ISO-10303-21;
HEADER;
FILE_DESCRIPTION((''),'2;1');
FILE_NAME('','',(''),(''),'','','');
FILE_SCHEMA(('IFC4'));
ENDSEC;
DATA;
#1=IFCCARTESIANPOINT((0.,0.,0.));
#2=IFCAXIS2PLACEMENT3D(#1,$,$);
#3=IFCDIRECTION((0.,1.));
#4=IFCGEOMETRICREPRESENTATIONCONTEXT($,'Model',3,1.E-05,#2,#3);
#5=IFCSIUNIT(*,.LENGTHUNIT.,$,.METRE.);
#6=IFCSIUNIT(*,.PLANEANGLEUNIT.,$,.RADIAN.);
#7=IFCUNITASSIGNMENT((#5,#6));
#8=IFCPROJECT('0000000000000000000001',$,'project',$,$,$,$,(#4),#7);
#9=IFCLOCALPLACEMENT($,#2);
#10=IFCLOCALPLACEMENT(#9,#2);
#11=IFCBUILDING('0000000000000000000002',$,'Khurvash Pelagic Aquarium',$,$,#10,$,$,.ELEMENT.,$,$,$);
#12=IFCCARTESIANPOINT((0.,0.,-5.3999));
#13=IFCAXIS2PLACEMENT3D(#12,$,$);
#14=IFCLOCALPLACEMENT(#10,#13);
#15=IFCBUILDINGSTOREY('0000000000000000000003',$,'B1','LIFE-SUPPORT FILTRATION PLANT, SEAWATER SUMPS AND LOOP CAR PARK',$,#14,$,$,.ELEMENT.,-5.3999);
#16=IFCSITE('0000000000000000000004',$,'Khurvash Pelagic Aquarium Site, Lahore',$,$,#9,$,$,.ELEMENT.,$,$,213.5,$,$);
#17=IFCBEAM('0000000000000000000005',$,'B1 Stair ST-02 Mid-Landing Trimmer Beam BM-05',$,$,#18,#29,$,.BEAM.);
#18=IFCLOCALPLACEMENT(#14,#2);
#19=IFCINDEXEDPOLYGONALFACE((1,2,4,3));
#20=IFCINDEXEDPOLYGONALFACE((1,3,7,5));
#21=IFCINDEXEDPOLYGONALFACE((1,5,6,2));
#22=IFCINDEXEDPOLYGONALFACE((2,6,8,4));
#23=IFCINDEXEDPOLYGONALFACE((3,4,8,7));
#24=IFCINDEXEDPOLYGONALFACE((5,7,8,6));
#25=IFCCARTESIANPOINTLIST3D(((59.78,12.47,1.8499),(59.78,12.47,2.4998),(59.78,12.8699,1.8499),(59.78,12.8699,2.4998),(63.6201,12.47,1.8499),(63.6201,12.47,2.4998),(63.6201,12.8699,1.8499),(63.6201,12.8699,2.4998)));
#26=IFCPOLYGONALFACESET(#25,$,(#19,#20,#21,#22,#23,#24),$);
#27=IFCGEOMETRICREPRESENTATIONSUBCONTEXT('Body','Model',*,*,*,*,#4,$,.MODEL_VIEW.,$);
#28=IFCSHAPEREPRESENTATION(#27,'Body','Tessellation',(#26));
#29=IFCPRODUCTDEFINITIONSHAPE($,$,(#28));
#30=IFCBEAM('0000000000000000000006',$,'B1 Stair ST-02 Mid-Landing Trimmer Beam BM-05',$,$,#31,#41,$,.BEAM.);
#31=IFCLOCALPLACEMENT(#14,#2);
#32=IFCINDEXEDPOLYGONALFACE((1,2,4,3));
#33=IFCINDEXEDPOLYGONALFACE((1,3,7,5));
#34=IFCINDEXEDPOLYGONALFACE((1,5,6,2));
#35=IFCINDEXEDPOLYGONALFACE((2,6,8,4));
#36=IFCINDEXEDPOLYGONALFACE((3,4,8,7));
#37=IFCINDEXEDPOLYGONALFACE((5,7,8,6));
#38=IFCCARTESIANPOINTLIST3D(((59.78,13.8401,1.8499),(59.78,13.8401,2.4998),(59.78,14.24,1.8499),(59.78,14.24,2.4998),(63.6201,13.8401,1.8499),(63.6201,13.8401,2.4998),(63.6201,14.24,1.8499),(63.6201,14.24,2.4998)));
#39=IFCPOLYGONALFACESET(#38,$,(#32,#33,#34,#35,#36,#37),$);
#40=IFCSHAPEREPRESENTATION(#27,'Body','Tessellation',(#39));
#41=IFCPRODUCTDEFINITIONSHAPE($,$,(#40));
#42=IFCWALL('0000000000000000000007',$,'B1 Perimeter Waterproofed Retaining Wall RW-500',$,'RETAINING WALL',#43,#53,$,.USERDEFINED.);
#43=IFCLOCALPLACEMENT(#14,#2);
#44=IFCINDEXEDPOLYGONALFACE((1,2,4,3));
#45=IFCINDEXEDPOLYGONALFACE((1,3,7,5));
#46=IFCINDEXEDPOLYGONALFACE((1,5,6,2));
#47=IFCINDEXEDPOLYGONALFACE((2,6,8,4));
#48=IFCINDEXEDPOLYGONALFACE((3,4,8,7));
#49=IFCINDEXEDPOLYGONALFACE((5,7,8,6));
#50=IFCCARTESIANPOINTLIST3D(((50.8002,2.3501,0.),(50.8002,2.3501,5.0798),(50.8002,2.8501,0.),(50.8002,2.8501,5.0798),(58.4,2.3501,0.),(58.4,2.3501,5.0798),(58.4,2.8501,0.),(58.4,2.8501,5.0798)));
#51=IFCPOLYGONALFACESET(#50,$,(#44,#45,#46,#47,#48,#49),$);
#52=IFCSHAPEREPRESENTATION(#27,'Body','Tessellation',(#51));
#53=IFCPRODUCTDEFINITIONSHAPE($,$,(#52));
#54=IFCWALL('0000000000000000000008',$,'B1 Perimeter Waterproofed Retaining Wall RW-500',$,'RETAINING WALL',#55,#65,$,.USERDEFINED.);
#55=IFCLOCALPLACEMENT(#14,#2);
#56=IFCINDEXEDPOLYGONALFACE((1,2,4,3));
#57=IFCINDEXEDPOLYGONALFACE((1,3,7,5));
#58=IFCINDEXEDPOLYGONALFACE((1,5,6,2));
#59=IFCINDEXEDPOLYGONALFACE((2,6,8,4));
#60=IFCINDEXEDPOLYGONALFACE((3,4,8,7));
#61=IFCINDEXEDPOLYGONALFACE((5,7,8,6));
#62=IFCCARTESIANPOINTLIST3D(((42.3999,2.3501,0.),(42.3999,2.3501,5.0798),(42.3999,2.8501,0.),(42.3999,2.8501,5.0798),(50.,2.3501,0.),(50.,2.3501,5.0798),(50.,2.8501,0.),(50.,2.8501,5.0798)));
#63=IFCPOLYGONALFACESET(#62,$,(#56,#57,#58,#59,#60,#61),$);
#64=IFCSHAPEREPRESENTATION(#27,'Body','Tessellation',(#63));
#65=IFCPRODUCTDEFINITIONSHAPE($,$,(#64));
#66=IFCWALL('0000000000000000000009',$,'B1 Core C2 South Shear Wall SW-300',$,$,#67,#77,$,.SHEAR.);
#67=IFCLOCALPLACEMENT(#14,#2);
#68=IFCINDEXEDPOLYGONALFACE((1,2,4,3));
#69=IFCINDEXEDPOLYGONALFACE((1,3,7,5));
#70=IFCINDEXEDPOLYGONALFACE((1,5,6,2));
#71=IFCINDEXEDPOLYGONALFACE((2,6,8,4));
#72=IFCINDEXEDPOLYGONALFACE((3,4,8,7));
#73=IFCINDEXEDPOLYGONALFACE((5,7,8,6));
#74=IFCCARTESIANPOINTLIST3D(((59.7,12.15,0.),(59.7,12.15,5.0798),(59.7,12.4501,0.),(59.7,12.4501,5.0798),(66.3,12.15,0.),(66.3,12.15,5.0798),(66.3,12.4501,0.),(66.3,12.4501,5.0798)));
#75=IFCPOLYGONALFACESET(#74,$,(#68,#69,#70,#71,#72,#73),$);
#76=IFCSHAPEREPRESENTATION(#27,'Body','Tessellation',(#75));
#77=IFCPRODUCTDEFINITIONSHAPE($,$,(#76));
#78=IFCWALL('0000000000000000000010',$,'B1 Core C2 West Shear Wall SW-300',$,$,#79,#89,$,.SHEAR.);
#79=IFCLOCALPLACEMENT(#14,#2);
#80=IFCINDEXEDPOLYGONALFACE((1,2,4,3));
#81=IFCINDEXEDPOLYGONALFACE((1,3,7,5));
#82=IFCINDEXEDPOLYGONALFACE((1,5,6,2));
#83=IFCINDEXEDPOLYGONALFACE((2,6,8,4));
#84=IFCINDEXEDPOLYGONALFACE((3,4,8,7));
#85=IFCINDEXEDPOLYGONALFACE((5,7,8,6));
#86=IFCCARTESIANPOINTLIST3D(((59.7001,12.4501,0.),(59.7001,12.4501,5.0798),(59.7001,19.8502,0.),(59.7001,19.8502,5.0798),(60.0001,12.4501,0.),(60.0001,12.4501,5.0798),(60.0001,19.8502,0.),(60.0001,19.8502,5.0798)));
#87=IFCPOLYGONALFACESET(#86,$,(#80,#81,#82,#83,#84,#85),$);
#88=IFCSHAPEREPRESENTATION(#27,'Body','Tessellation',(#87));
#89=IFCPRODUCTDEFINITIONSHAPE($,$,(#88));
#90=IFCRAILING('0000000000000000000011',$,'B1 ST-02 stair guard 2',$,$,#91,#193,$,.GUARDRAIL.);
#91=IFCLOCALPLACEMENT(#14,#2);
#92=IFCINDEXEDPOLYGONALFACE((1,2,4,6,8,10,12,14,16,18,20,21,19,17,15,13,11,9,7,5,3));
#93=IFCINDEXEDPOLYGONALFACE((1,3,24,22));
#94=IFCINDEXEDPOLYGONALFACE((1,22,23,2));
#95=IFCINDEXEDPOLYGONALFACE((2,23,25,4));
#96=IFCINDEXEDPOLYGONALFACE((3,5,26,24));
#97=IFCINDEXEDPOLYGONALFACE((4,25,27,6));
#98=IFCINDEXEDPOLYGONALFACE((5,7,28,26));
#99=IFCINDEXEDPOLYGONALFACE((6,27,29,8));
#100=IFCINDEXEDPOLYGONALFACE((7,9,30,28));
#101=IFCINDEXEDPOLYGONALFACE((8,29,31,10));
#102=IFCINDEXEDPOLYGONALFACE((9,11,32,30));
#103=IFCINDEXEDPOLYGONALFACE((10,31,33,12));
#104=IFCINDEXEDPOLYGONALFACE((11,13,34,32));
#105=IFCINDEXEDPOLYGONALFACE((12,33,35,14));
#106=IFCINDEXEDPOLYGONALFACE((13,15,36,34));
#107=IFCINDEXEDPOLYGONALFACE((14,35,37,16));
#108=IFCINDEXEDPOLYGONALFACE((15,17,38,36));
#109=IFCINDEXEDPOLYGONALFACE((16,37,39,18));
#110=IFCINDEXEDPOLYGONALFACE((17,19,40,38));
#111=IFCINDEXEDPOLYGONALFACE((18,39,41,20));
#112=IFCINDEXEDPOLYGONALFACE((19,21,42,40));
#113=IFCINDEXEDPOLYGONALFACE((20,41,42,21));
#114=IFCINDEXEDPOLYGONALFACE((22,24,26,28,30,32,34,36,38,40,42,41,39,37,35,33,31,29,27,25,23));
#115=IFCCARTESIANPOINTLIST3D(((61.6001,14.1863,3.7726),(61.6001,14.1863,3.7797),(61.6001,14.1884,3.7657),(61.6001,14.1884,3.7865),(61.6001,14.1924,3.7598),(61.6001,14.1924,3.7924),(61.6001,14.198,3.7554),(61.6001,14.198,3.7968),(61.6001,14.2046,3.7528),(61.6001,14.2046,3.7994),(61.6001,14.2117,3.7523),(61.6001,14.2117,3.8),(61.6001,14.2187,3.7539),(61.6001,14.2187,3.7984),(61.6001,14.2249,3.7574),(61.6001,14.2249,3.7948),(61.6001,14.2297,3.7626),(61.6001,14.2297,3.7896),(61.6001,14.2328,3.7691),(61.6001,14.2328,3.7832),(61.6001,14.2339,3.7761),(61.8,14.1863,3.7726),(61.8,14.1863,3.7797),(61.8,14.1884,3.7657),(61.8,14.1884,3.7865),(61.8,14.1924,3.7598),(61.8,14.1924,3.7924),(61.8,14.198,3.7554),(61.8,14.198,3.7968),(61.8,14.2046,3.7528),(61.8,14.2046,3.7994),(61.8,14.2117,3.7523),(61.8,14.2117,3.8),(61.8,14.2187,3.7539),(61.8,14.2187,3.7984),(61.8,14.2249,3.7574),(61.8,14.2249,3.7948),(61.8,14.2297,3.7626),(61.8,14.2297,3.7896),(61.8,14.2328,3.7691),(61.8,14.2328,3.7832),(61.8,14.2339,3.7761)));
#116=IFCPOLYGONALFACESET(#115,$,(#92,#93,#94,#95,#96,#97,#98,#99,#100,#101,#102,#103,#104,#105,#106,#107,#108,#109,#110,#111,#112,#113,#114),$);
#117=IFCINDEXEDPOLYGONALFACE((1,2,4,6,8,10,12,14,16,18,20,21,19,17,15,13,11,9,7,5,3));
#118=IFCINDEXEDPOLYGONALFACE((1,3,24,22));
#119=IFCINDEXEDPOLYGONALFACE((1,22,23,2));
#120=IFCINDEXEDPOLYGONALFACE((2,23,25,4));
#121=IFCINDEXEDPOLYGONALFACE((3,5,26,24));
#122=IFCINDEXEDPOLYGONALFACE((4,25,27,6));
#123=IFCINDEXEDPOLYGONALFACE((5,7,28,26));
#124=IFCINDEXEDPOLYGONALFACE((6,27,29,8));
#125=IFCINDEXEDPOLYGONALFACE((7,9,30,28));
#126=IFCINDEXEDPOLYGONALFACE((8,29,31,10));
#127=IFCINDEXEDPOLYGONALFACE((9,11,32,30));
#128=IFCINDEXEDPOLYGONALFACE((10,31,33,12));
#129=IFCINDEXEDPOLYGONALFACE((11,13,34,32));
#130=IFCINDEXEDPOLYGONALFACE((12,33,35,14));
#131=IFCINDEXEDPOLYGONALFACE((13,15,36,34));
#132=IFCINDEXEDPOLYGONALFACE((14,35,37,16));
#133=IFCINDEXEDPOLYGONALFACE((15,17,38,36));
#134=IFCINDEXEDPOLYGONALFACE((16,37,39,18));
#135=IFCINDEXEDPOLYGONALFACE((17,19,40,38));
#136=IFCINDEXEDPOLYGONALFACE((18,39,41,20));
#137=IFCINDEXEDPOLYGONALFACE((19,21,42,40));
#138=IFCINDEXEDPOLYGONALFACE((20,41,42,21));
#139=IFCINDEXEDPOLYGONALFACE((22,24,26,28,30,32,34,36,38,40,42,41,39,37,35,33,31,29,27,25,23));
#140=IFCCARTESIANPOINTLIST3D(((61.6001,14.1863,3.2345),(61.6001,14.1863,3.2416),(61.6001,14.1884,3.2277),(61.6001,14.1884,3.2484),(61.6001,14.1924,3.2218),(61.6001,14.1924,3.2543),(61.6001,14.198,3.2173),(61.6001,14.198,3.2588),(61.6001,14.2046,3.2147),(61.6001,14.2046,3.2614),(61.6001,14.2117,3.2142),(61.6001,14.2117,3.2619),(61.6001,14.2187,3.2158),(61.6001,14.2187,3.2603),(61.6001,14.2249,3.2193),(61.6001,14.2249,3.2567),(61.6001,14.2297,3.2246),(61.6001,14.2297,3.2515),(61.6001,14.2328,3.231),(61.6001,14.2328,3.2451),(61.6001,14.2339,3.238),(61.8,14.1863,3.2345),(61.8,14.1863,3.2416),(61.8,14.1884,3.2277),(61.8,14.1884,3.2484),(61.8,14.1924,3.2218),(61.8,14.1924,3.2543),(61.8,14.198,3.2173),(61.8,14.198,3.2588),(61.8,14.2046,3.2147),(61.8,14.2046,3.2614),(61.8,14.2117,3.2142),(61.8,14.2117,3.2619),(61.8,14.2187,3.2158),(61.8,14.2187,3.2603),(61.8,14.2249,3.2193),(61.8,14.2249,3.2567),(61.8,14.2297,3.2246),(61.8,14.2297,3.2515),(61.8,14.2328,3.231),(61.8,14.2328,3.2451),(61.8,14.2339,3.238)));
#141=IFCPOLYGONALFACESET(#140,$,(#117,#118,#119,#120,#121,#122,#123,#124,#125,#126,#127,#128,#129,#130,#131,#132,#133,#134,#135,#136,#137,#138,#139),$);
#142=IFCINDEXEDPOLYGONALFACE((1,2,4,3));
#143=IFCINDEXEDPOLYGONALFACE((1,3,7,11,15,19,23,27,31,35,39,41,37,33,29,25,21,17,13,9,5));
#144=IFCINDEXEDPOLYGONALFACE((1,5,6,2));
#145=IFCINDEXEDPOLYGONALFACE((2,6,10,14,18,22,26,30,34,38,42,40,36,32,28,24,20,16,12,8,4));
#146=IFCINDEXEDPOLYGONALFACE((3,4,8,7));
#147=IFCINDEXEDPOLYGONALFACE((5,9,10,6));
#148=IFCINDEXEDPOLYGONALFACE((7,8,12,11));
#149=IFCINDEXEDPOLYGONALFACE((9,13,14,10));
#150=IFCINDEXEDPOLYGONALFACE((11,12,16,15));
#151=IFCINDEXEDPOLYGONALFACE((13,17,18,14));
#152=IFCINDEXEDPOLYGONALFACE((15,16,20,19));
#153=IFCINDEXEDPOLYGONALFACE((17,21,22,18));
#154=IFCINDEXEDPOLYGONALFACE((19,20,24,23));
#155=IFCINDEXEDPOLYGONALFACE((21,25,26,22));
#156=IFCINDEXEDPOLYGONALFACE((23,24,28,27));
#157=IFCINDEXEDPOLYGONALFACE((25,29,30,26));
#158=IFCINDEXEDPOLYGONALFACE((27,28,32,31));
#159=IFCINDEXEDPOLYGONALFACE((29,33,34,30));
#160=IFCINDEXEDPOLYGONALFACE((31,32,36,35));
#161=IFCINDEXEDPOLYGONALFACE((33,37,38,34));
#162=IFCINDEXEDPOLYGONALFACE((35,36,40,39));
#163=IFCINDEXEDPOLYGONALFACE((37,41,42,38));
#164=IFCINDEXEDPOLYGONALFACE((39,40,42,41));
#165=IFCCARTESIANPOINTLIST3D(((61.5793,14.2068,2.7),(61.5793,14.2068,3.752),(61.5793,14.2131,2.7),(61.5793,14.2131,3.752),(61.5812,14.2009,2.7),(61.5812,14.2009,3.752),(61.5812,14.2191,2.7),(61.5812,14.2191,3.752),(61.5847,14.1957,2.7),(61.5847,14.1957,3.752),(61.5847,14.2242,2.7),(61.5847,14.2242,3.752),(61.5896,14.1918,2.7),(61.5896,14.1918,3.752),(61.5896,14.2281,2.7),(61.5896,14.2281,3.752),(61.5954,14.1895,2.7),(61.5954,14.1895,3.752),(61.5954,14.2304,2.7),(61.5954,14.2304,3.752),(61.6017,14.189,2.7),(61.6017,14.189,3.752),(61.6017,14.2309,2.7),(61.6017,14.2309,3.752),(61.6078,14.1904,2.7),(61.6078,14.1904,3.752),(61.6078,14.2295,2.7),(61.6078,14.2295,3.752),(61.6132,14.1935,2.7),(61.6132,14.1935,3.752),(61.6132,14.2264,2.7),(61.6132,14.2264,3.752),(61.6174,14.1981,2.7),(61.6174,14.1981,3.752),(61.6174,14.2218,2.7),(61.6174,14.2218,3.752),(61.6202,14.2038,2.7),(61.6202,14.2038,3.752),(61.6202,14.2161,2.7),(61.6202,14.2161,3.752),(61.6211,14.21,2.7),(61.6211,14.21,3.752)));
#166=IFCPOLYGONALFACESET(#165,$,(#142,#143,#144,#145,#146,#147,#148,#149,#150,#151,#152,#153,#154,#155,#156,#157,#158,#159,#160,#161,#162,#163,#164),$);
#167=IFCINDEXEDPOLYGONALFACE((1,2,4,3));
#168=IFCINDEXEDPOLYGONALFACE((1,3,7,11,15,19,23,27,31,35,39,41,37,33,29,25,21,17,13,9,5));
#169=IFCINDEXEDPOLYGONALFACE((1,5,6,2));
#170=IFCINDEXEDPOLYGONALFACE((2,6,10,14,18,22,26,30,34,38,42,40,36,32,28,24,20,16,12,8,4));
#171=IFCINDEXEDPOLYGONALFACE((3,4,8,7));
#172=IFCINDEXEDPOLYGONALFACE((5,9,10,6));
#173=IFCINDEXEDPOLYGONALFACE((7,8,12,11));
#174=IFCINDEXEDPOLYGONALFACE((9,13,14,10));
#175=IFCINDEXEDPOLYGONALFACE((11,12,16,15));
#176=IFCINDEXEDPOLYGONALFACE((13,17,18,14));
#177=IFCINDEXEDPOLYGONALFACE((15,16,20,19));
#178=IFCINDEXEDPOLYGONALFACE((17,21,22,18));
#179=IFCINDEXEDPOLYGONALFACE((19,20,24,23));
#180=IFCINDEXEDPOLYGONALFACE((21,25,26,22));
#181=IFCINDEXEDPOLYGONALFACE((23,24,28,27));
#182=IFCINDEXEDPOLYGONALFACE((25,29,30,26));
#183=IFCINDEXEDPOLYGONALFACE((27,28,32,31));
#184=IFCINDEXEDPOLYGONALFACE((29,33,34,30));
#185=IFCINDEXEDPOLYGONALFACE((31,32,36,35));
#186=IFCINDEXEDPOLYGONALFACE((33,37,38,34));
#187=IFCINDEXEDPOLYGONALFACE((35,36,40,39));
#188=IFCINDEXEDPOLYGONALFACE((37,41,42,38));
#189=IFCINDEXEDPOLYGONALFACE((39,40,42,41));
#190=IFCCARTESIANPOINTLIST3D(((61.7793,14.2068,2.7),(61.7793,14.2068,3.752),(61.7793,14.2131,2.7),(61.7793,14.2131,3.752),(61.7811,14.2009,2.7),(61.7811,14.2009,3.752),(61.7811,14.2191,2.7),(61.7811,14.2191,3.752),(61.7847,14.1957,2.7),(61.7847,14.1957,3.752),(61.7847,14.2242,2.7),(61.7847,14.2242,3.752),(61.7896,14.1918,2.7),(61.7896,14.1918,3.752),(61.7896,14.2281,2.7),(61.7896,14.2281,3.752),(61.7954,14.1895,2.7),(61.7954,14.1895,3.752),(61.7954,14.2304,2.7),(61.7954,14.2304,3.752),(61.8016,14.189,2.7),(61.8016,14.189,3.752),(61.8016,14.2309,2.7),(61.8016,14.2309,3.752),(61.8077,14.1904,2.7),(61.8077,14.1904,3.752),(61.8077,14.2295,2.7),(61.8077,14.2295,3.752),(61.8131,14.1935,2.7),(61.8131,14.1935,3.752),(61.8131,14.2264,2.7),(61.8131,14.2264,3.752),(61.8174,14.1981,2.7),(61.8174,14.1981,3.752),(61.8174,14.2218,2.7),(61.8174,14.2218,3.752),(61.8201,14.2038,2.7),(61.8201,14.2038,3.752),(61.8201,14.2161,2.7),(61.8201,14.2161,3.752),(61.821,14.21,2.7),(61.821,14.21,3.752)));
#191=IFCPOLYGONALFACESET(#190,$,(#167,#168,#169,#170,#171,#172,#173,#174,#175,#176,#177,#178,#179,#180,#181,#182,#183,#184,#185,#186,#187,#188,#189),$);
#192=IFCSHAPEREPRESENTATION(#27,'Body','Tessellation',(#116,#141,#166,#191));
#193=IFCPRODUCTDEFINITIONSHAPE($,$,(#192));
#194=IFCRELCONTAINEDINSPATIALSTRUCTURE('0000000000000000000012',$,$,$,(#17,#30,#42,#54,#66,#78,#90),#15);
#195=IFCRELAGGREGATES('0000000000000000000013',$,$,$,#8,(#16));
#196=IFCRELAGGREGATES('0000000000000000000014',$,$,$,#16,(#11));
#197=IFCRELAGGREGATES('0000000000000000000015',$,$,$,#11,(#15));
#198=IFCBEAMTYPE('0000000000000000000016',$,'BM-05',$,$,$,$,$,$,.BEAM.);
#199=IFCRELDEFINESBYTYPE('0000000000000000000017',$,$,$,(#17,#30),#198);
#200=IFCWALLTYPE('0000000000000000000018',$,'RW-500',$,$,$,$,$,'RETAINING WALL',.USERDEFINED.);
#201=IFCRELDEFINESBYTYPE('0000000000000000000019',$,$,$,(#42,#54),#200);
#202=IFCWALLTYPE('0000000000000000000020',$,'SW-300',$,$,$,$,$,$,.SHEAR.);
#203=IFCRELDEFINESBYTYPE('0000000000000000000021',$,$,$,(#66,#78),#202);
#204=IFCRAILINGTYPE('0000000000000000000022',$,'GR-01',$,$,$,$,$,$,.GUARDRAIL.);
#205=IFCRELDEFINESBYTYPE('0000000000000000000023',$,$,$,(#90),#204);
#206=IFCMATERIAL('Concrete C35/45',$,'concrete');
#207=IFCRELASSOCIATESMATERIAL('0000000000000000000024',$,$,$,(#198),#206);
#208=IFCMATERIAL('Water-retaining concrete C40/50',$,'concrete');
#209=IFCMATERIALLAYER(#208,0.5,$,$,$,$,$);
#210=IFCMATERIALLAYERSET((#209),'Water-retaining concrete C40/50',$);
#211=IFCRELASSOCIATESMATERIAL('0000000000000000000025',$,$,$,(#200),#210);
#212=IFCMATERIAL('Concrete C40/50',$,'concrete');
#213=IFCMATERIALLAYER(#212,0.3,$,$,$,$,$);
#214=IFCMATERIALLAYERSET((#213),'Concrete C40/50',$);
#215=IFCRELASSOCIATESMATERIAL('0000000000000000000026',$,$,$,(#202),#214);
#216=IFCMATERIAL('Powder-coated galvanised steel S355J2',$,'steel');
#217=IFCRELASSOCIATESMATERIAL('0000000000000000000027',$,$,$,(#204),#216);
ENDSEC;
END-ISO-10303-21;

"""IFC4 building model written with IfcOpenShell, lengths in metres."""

from ifc_helpers import new_model, si_unit, direction, frame, frame_2d, origin, origin_2d, place, context, subcontext, project, spatial, rectangle, circle, extrude, material, layer, layer_set, material_profile, profile_set, type_object, element, save


model = new_model("IFC4")

# Units and contexts
model_context = context("Model", 3, precision=1e-05, world=origin(), true_north=direction((0.0, 1.0)))
body_context = subcontext(model_context, "Body", "Model", "MODEL_VIEW")
ifc_project = project(units=[si_unit("LENGTHUNIT", "METRE"), si_unit("PLANEANGLEUNIT", "RADIAN")], contexts=[model_context])

# Site, building, storey
site_placement = place(None, origin())
site = spatial("IfcSite", under=ifc_project, at=site_placement, Name="Khurvash Pelagic Aquarium Site, Lahore", CompositionType="ELEMENT", RefElevation=213.5)
building_placement = place(site_placement, origin())
building = spatial("IfcBuilding", under=site, at=building_placement, Name="Khurvash Pelagic Aquarium", CompositionType="ELEMENT")
storey_placement = place(building_placement, frame((0.0, 0.0, -5.3999)))
storey = spatial("IfcBuildingStorey", under=building, at=storey_placement, Name="B1", Description="LIFE-SUPPORT FILTRATION PLANT, SEAWATER SUMPS AND LOOP CAR PARK", CompositionType="ELEMENT", Elevation=-5.3999)

# Shared definitions
ifc_material_1 = material(Name="Concrete C35/45", Category="concrete")

# Shared definitions
ifc_material_2 = material(Name="Concrete C40/50", Category="concrete")

# Beams
ifc_material_profile_1 = material_profile(ifc_material_1, rectangle(XDim=0.3999, YDim=0.6499, at=origin_2d()), Name="RC400X650")
ifc_profile_set_1 = profile_set([ifc_material_profile_1], Name="Concrete C35/45")
beam_type = type_object("IfcBeamType", Name="BM-05", PredefinedType="BEAM", material=ifc_profile_set_1)
for number, where, z_axis, x_axis, name in (
    (1, (59.78, 12.6699, 2.1748), (1.0, 0.0, 0.0), (0.0, 1.0, 0.0), "B1 Stair ST-02 Mid-Landing Trimmer Beam BM-05"),
    (2, (59.78, 14.04, 2.1748), (1.0, 0.0, 0.0), (0.0, 1.0, 0.0), "B1 Stair ST-02 Mid-Landing Trimmer Beam BM-05"),
):
    element("IfcBeam", number, at=place(storey_placement, frame(where, z_axis=z_axis, x_axis=x_axis)), inside=storey, type_object=beam_type, Name=name, PredefinedType="BEAM", context=body_context, shape_type="SweptSolid", body=[
        extrude(rectangle(XDim=0.3999, YDim=0.6499, at=origin_2d()), origin(), (0.0, 0.0, 1.0), 3.8401),
    ])

# Walls
ifc_material_3 = material(Name="Water-retaining concrete C40/50", Category="concrete")
ifc_layer_1 = layer(ifc_material_3, 0.5)
ifc_layer_set_1 = layer_set([ifc_layer_1], Name="Water-retaining concrete C40/50")
wall_type_1 = type_object("IfcWallType", Name="RW-500", ElementType="RETAINING WALL", PredefinedType="USERDEFINED", material=ifc_layer_set_1)
wall_1_placement = place(storey_placement, frame((58.3999, 2.6001, 0.0), z_axis=(0.0, 0.0, 1.0), x_axis=(-1.0, 0.0, 0.0)))
element("IfcWall", 3, at=wall_1_placement, inside=storey, type_object=wall_type_1, Name="B1 Perimeter Waterproofed Retaining Wall RW-500", ObjectType="RETAINING WALL", PredefinedType="USERDEFINED", context=body_context, shape_type="SweptSolid", body=[
    extrude(rectangle(XDim=7.5999, YDim=0.5, at=frame_2d((3.7998, 0.0))), origin(), (0.0, 0.0, 1.0), 5.0798),
])
wall_2_placement = place(storey_placement, frame((50.0, 2.6001, 0.0), z_axis=(0.0, 0.0, 1.0), x_axis=(-1.0, 0.0, 0.0)))
element("IfcWall", 4, at=wall_2_placement, inside=storey, type_object=wall_type_1, Name="B1 Perimeter Waterproofed Retaining Wall RW-500", ObjectType="RETAINING WALL", PredefinedType="USERDEFINED", context=body_context, shape_type="SweptSolid", body=[
    extrude(rectangle(XDim=7.6001, YDim=0.5, at=frame_2d((3.8, 0.0))), origin(), (0.0, 0.0, 1.0), 5.0798),
])
ifc_layer_2 = layer(ifc_material_2, 0.3)
ifc_layer_set_2 = layer_set([ifc_layer_2], Name="Concrete C40/50")
wall_type_2 = type_object("IfcWallType", Name="SW-300", PredefinedType="SHEAR", material=ifc_layer_set_2)
wall_3_placement = place(storey_placement, frame((59.7, 12.3, 0.0), z_axis=(0.0, 0.0, 1.0), x_axis=(1.0, 0.0, 0.0)))
element("IfcWall", 5, at=wall_3_placement, inside=storey, type_object=wall_type_2, Name="B1 Core C2 South Shear Wall SW-300", PredefinedType="SHEAR", context=body_context, shape_type="SweptSolid", body=[
    extrude(rectangle(XDim=6.6001, YDim=0.3, at=frame_2d((3.3, 0.0))), origin(), (0.0, 0.0, 1.0), 5.0798),
])
wall_4_placement = place(storey_placement, frame((59.8501, 12.45, 0.0), z_axis=(0.0, 0.0, 1.0), x_axis=(0.0, 1.0, 0.0)))
element("IfcWall", 6, at=wall_4_placement, inside=storey, type_object=wall_type_2, Name="B1 Core C2 West Shear Wall SW-300", PredefinedType="SHEAR", context=body_context, shape_type="SweptSolid", body=[
    extrude(rectangle(XDim=7.4001, YDim=0.3, at=frame_2d((3.7002, 0.0))), origin(), (0.0, 0.0, 1.0), 5.0798),
])

# Railing
ifc_material_4 = material(Name="Powder-coated galvanised steel S355J2", Category="steel")
railing_type = type_object("IfcRailingType", Name="GR-01", PredefinedType="GUARDRAIL", material=ifc_material_4)
railing_placement = place(storey_placement, frame((61.6001, 14.21, 2.7)))
element("IfcRailing", 7, at=railing_placement, inside=storey, type_object=railing_type, Name="B1 ST-02 stair guard 2", PredefinedType="GUARDRAIL", context=body_context, shape_type="SweptSolid", body=[
    extrude(circle(Radius=0.0239, at=origin_2d()), frame((0.0, 0.0, 1.0762), z_axis=(1.0, 0.0, 0.0), x_axis=(0.0, 1.0, 0.0)), (0.0, 0.0, 1.0), 0.2),
    extrude(circle(Radius=0.0239, at=origin_2d()), frame((0.0, 0.0, 0.5381), z_axis=(1.0, 0.0, 0.0), x_axis=(0.0, 1.0, 0.0)), (0.0, 0.0, 1.0), 0.2),
    extrude(circle(Radius=0.021, at=origin_2d()), origin(), (0.0, 0.0, 1.0), 1.052),
    extrude(circle(Radius=0.021, at=origin_2d()), frame((0.2, 0.0, 0.0)), (0.0, 0.0, 1.0), 1.052),
])

save(model, "model.ifc")
